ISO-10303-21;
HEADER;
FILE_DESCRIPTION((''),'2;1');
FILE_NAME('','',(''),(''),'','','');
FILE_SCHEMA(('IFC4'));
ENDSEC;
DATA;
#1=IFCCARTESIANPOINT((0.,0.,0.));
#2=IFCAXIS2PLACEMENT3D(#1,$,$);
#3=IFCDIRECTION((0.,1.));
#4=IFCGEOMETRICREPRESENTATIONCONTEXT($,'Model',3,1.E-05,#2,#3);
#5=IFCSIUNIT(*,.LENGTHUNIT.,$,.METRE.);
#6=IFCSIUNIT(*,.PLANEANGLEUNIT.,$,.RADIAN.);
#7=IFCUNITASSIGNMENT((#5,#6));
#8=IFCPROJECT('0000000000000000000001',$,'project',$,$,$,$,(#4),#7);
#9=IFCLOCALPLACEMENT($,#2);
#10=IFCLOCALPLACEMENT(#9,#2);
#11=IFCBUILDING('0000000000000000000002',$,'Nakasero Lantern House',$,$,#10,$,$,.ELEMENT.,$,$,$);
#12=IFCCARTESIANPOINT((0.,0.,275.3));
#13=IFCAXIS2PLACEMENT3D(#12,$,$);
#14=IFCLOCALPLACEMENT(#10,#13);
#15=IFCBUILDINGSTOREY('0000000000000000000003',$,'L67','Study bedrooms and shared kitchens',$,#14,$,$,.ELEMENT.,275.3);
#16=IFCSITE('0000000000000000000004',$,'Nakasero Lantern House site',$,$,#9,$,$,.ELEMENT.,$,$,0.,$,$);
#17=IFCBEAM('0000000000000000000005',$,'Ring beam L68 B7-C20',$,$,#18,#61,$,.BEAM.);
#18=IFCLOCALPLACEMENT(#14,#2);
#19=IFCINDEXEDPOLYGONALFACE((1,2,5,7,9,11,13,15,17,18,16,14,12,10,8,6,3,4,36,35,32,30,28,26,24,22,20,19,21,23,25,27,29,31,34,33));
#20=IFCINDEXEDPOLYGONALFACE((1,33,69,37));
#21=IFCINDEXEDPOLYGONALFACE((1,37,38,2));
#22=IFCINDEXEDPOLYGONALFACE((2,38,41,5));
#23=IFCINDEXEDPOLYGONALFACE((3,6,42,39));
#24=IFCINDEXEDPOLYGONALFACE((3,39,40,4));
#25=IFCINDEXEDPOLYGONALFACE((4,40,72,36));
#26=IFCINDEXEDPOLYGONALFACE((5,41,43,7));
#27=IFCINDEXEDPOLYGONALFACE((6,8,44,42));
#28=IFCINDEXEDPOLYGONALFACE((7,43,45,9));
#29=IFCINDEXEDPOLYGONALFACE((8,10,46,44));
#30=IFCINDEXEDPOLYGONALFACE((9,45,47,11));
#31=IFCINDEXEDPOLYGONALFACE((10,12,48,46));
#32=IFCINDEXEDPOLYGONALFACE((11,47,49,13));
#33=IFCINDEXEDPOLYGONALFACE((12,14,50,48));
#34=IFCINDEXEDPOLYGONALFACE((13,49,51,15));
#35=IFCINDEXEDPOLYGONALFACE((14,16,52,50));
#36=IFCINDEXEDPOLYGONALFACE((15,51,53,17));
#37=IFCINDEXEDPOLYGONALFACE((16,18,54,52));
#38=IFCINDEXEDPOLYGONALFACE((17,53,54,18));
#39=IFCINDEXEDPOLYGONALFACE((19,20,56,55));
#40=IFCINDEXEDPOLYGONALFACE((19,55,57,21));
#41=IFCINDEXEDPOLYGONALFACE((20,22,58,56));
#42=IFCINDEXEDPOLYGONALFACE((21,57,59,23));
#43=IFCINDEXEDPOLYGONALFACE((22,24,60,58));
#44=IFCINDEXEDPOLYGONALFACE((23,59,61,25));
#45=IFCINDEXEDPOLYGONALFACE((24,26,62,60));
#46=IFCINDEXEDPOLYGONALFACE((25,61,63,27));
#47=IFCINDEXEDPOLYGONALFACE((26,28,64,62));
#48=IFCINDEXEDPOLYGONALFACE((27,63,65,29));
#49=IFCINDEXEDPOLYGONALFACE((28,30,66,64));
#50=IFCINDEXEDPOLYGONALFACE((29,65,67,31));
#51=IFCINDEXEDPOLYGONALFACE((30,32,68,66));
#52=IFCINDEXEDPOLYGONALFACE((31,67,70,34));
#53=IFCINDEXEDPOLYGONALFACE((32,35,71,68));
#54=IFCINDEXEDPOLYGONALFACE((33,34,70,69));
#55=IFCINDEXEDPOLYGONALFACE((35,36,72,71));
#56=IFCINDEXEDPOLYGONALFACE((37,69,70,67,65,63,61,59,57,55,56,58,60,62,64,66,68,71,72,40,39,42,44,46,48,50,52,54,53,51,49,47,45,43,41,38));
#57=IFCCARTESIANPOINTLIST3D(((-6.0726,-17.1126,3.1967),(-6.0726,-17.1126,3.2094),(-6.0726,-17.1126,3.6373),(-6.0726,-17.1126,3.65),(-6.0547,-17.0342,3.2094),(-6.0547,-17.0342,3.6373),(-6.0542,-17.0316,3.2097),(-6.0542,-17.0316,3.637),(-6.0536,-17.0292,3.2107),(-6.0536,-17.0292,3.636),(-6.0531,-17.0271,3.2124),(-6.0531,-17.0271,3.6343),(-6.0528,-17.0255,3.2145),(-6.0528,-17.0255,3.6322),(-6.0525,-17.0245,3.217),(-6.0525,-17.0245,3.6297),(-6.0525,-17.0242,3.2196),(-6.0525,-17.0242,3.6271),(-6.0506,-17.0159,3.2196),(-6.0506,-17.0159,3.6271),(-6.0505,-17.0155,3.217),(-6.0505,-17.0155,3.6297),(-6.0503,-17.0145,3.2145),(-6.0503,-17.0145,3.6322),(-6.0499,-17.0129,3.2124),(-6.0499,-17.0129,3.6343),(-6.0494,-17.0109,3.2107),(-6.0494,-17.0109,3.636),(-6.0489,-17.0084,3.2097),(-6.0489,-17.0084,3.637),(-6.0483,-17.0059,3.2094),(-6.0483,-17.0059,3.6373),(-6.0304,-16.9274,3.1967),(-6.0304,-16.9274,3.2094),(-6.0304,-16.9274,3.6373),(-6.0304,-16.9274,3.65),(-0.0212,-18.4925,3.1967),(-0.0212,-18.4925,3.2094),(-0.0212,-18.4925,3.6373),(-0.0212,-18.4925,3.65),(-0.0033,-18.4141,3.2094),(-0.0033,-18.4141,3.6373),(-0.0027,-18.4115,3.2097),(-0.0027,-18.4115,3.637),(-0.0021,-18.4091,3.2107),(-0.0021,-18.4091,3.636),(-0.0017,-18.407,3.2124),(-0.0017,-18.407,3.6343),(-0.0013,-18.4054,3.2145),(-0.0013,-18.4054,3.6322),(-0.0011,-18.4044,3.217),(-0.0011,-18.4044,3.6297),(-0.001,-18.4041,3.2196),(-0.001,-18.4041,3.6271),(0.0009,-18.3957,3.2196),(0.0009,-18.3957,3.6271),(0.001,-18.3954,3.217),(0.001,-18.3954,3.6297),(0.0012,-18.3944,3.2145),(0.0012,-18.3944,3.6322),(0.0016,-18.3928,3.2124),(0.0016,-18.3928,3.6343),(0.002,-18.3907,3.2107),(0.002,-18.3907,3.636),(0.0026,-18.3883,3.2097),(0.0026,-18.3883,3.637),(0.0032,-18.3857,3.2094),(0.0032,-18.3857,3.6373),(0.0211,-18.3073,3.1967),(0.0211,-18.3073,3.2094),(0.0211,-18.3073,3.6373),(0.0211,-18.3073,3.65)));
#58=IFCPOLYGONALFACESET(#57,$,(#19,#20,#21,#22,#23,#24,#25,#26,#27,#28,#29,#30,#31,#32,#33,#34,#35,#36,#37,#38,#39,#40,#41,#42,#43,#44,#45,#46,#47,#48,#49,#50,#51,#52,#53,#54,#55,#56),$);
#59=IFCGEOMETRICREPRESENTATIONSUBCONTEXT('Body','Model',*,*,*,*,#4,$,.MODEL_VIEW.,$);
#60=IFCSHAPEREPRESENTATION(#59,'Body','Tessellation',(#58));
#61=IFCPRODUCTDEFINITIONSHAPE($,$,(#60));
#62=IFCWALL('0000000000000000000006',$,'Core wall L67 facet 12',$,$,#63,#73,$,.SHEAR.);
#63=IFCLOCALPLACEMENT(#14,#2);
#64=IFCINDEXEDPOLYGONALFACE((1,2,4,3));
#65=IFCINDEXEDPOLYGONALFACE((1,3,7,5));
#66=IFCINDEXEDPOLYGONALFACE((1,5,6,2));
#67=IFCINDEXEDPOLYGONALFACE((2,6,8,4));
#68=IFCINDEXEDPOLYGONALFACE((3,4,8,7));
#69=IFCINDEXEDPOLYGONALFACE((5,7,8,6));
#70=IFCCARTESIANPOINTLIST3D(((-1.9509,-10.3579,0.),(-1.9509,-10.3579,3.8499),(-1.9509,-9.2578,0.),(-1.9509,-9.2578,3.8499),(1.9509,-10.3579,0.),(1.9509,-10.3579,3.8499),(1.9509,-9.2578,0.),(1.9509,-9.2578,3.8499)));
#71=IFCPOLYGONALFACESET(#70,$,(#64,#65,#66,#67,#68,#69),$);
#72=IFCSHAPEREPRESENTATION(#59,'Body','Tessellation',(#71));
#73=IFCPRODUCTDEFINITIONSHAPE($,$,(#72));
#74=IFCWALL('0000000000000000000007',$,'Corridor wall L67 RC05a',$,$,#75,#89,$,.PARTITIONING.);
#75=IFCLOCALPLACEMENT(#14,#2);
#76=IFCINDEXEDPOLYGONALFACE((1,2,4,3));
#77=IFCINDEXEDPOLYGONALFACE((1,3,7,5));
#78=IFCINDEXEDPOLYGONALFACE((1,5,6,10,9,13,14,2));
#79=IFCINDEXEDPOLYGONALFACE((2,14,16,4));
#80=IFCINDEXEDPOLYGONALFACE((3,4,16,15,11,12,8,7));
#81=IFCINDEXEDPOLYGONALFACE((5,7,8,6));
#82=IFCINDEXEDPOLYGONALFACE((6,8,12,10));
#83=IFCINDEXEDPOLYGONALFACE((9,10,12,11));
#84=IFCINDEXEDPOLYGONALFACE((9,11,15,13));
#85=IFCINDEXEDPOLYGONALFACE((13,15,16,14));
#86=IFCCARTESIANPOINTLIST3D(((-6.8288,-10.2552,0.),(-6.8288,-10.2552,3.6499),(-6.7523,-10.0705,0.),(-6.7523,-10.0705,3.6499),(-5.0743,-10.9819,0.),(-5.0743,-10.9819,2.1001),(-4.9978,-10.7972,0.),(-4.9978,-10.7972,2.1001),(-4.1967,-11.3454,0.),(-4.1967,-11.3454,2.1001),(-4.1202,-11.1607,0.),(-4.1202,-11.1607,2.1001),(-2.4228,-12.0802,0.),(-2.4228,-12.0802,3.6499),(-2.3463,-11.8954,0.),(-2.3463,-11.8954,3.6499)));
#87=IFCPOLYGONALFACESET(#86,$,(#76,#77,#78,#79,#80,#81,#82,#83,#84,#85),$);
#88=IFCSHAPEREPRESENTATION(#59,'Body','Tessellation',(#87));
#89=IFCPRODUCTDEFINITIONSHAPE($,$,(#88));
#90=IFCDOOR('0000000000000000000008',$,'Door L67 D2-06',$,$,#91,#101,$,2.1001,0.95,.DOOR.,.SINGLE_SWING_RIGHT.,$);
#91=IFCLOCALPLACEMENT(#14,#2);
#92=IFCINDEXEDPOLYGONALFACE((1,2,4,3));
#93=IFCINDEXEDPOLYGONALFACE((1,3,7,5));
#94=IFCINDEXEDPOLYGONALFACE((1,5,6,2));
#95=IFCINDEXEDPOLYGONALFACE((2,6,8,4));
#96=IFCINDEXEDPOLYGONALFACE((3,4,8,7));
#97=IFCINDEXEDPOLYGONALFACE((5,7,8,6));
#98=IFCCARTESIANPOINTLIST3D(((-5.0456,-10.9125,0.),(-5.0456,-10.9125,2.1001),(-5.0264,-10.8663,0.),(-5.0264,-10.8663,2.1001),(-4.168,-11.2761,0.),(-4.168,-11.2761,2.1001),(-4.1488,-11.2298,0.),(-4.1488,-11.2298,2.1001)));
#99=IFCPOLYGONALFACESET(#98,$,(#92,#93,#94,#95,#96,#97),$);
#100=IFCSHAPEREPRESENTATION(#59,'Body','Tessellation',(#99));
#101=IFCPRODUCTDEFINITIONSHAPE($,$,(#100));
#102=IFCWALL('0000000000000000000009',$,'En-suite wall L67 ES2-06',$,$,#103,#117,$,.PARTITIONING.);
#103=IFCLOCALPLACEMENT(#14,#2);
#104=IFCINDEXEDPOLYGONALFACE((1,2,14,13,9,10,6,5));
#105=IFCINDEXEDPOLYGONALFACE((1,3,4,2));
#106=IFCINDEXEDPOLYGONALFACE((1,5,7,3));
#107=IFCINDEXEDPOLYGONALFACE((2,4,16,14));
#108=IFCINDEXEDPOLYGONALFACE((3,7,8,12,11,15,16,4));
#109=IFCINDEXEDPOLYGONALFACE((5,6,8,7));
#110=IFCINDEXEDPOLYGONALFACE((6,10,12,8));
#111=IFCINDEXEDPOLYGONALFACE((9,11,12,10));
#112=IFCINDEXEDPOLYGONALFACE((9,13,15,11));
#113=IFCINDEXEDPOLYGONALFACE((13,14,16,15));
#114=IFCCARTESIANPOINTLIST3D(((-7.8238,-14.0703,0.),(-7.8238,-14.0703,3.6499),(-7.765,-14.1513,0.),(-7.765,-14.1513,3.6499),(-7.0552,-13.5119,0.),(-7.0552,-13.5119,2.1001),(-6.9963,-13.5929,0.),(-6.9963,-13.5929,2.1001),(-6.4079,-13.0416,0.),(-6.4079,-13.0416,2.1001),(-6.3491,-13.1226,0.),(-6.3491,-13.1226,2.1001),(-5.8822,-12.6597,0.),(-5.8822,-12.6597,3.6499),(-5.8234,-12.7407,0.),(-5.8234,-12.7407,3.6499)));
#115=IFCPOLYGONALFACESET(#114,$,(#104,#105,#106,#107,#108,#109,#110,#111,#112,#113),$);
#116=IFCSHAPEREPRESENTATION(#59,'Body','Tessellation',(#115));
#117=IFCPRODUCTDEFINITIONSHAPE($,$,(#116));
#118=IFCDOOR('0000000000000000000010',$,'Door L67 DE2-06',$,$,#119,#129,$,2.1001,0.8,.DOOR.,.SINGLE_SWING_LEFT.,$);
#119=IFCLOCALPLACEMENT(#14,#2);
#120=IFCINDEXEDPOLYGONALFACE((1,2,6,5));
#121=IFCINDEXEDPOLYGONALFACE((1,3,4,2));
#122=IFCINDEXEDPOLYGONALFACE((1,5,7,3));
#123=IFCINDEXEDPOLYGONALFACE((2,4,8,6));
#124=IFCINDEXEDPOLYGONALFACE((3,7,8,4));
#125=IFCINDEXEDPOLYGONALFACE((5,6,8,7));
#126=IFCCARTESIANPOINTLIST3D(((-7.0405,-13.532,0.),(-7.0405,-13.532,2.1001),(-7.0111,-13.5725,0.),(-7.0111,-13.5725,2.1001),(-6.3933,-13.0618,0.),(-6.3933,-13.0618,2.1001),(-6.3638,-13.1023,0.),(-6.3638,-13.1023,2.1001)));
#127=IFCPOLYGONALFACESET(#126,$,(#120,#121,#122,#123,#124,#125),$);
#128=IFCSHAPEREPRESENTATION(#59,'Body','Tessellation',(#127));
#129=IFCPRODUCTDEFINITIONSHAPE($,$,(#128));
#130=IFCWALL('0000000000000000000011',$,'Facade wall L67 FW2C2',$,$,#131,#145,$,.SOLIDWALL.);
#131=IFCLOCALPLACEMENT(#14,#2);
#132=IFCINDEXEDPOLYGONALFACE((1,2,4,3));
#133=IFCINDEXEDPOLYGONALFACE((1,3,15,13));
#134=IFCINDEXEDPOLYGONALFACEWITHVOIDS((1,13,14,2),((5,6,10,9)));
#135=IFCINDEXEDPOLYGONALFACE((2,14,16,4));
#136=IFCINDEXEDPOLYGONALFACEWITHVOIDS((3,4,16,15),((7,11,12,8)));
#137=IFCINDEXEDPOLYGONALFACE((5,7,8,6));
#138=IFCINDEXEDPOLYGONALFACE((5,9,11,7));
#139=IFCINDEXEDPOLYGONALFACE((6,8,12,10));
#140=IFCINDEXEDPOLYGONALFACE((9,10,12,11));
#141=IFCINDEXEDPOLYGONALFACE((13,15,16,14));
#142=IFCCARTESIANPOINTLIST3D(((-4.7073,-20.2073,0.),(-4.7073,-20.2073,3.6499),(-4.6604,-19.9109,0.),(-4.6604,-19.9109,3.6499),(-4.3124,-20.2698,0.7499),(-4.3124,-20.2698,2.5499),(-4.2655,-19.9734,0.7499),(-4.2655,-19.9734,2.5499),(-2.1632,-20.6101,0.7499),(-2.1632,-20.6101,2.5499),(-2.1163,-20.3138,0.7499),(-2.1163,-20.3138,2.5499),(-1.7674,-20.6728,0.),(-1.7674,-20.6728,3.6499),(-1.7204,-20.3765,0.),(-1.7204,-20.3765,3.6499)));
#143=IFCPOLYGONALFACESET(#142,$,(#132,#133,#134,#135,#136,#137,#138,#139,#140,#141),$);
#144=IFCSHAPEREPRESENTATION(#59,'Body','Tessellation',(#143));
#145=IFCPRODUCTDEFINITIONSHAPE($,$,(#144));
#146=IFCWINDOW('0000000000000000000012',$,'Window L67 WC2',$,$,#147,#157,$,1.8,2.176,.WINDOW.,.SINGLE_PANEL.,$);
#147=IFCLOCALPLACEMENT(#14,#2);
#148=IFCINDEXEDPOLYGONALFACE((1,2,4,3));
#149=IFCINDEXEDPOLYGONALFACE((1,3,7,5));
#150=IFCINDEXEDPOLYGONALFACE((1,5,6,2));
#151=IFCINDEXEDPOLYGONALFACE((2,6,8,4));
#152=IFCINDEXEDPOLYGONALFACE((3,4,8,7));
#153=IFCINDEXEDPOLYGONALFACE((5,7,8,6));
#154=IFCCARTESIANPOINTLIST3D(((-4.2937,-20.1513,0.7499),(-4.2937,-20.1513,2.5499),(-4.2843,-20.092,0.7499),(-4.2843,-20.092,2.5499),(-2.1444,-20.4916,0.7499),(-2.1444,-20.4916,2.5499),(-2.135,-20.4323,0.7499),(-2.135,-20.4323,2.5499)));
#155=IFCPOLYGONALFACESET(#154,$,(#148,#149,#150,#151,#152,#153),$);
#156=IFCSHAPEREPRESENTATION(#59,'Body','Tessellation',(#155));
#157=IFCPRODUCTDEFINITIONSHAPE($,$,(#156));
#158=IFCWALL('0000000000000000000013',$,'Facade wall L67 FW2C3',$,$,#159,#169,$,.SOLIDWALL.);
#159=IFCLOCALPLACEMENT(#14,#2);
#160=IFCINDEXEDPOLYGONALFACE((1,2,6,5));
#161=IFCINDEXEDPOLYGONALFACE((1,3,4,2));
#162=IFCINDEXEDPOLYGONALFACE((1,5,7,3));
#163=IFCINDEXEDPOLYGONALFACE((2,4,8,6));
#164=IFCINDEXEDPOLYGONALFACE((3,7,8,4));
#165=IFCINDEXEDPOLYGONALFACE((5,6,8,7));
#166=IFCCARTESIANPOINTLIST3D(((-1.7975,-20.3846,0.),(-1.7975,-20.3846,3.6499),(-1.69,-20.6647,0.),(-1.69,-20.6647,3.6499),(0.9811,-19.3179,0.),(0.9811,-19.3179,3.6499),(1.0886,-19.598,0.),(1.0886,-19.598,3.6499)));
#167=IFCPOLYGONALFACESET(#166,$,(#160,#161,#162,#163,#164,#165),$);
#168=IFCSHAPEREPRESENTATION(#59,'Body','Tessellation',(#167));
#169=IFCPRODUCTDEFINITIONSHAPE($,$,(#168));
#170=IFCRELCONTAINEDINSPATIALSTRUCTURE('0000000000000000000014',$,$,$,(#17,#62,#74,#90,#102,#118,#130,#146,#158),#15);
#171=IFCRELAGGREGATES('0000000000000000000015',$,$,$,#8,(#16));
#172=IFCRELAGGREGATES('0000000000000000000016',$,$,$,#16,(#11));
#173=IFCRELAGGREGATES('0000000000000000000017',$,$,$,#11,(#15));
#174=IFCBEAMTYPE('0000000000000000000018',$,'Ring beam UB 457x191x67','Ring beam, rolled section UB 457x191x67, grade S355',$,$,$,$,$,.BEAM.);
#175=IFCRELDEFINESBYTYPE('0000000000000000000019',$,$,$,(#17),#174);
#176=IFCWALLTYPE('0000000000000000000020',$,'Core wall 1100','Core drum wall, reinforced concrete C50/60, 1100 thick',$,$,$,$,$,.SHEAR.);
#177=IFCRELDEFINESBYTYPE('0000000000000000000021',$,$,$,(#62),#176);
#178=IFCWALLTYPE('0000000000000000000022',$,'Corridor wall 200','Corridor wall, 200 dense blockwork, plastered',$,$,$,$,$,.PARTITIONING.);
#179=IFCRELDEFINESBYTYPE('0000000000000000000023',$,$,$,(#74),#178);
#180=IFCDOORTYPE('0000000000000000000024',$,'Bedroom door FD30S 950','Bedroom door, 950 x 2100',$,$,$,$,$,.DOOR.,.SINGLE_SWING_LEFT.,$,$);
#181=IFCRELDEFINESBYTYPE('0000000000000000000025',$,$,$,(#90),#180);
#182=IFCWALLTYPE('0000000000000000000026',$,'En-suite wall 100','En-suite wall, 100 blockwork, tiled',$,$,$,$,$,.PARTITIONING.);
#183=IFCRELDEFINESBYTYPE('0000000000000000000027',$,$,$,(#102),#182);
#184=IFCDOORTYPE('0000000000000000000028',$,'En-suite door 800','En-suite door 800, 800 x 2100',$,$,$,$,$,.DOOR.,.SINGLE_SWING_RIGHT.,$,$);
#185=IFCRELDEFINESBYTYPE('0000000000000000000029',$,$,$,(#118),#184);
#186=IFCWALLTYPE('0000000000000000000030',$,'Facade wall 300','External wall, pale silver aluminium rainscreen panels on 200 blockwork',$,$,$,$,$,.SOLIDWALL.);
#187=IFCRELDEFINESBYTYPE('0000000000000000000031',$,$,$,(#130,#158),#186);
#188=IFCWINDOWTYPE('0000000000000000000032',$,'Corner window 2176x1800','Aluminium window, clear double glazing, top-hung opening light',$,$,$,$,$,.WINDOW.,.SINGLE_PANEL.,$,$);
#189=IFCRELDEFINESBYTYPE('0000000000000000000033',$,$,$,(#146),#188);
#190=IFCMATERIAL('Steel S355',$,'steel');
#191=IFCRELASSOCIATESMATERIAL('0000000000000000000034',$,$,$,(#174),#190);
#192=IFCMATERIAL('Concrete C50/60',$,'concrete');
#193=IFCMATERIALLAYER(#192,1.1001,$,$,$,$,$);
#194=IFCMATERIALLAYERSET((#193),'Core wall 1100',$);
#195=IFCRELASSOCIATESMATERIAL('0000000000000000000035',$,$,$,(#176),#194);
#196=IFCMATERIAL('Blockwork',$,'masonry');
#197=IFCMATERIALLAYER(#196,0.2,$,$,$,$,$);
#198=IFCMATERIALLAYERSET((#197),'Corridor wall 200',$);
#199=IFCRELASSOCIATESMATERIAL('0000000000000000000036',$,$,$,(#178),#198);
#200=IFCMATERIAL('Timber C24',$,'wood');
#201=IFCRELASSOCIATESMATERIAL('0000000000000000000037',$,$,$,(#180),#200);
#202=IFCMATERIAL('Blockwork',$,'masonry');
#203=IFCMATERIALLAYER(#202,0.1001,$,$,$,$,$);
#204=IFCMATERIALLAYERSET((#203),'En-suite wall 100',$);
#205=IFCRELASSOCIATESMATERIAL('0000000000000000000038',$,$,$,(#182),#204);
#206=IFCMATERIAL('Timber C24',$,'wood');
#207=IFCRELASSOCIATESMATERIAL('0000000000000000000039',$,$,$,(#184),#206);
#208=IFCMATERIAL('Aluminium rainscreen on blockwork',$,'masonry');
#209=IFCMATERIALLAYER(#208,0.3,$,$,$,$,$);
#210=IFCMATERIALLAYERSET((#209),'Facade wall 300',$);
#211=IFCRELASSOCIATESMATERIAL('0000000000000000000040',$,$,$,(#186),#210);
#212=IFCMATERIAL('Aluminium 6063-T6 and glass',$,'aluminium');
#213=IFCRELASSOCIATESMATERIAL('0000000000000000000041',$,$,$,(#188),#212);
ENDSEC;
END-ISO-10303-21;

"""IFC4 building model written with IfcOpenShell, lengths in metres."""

from ifc_helpers import new_model, si_unit, direction, frame, frame_2d, origin, origin_2d, place, context, subcontext, project, spatial, rectangle, i_section, extrude, material, layer, layer_set, material_profile, profile_set, type_object, element, fill, save


model = new_model("IFC4")

# Units and contexts
model_context = context("Model", 3, precision=1e-05, world=origin(), true_north=direction((0.0, 1.0)))
body_context = subcontext(model_context, "Body", "Model", "MODEL_VIEW")
ifc_project = project(units=[si_unit("LENGTHUNIT", "METRE"), si_unit("PLANEANGLEUNIT", "RADIAN")], contexts=[model_context])

# Site, building, storey
site_placement = place(None, origin())
site = spatial("IfcSite", under=ifc_project, at=site_placement, Name="Nakasero Lantern House site", CompositionType="ELEMENT", RefElevation=0.0)
building_placement = place(site_placement, origin())
building = spatial("IfcBuilding", under=site, at=building_placement, Name="Nakasero Lantern House", CompositionType="ELEMENT")
storey_placement = place(building_placement, frame((0.0, 0.0, 275.3)))
storey = spatial("IfcBuildingStorey", under=building, at=storey_placement, Name="L67", Description="Study bedrooms and shared kitchens", CompositionType="ELEMENT", Elevation=275.3)

# Beam
ifc_material_1 = material(Name="Steel S355", Category="steel")
ifc_material_profile_1 = material_profile(ifc_material_1, i_section(OverallWidth=0.1899, OverallDepth=0.4534, WebThickness=0.0085, FlangeThickness=0.0127, FilletRadius=0.0103, at=origin_2d()), Name="UB 457x191x67")
ifc_profile_set_1 = profile_set([ifc_material_profile_1], Name="Steel S355")
beam_type_1 = type_object("IfcBeamType", Name="Ring beam UB 457x191x67", Description="Ring beam, rolled section UB 457x191x67, grade S355", PredefinedType="BEAM", material=ifc_profile_set_1)
beam_1_placement = place(storey_placement, frame((-6.0515, -17.02, 3.4233), z_axis=(0.974975, -0.222316, 0.0), x_axis=(0.222316, 0.974975, 0.0)))
element("IfcBeam", 1, at=beam_1_placement, inside=storey, type_object=beam_type_1, Name="Ring beam L68 B7-C20", PredefinedType="BEAM", context=body_context, shape_type="SweptSolid", body=[
    extrude(i_section(OverallWidth=0.1899, OverallDepth=0.4534, WebThickness=0.0085, FlangeThickness=0.0127, FilletRadius=0.0103, at=origin_2d()), origin(), (0.0, 0.0, 1.0), 6.2068),
])

# Wall
ifc_material_2 = material(Name="Concrete C50/60", Category="concrete")
ifc_layer_1 = layer(ifc_material_2, 1.1001)
ifc_layer_set_1 = layer_set([ifc_layer_1], Name="Core wall 1100")
wall_type_1 = type_object("IfcWallType", Name="Core wall 1100", Description="Core drum wall, reinforced concrete C50/60, 1100 thick", PredefinedType="SHEAR", material=ifc_layer_set_1)
wall_1_placement = place(storey_placement, frame((-1.9509, -9.8079, 0.0), z_axis=(0.0, 0.0, 1.0), x_axis=(1.0, 0.0, 0.0)))
element("IfcWall", 2, at=wall_1_placement, inside=storey, type_object=wall_type_1, Name="Core wall L67 facet 12", PredefinedType="SHEAR", context=body_context, shape_type="SweptSolid", body=[
    extrude(rectangle(XDim=3.9019, YDim=1.1001, at=frame_2d((1.9509, 0.0))), origin(), (0.0, 0.0, 1.0), 3.8499),
])

# Walls, openings, doors
ifc_material_3 = material(Name="Blockwork", Category="masonry")
ifc_layer_2 = layer(ifc_material_3, 0.2)
ifc_layer_set_2 = layer_set([ifc_layer_2], Name="Corridor wall 200")
wall_type_2 = type_object("IfcWallType", Name="Corridor wall 200", Description="Corridor wall, 200 dense blockwork, plastered", PredefinedType="PARTITIONING", material=ifc_layer_set_2)
wall_2_placement = place(storey_placement, frame((-2.3845, -11.9878, 0.0), z_axis=(0.0, 0.0, 1.0), x_axis=(-0.923885, 0.38267, 0.0)))
wall_2 = element("IfcWall", 3, at=wall_2_placement, inside=storey, type_object=wall_type_2, Name="Corridor wall L67 RC05a", PredefinedType="PARTITIONING", context=body_context, shape_type="SweptSolid", body=[
    extrude(rectangle(XDim=4.769, YDim=0.2, at=frame_2d((2.3845, 0.0))), origin(), (0.0, 0.0, 1.0), 3.6499),
])
opening_1_placement = place(wall_2_placement, frame((1.9199, 0.0, 0.0)))
opening_1 = element("IfcOpeningElement", 4, at=opening_1_placement, cuts=wall_2, PredefinedType="OPENING", context=body_context, shape_type="SweptSolid", body=[
    extrude(rectangle(XDim=0.95, YDim=2.1001, at=frame_2d((0.4751, 1.05))), frame((0.0, 0.1199, 0.0), z_axis=(0.0, -1.0, 0.0), x_axis=(1.0, 0.0, 0.0)), (0.0, 0.0, 1.0), 0.24),
])
ifc_material_4 = material(Name="Timber C24", Category="wood")
door_type_1 = type_object("IfcDoorType", Name="Bedroom door FD30S 950", Description="Bedroom door, 950 x 2100", OperationType="SINGLE_SWING_LEFT", PredefinedType="DOOR", material=ifc_material_4)
door_1_placement = place(opening_1_placement, origin())
door_1 = element("IfcDoor", 5, at=door_1_placement, inside=storey, type_object=door_type_1, Name="Door L67 D2-06", OperationType="SINGLE_SWING_RIGHT", OverallHeight=2.1001, OverallWidth=0.95, PredefinedType="DOOR", context=body_context, shape_type="SweptSolid", body=[
    extrude(rectangle(XDim=0.95, YDim=2.1001, at=frame_2d((0.4751, 1.05))), frame((0.0, 0.0249, 0.0), z_axis=(0.0, -1.0, 0.0), x_axis=(1.0, 0.0, 0.0)), (0.0, 0.0, 1.0), 0.05),
])
fill(opening_1, door_1)
ifc_material_5 = material(Name="Blockwork", Category="masonry")
ifc_layer_3 = layer(ifc_material_5, 0.1001)
ifc_layer_set_3 = layer_set([ifc_layer_3], Name="En-suite wall 100")
wall_type_3 = type_object("IfcWallType", Name="En-suite wall 100", Description="En-suite wall, 100 blockwork, tiled", PredefinedType="PARTITIONING", material=ifc_layer_set_3)
wall_3_placement = place(storey_placement, frame((-5.8528, -12.7002, 0.0), z_axis=(0.0, 0.0, 1.0), x_axis=(-0.809026, -0.587772, 0.0)))
wall_3 = element("IfcWall", 6, at=wall_3_placement, inside=storey, type_object=wall_type_3, Name="En-suite wall L67 ES2-06", PredefinedType="PARTITIONING", context=body_context, shape_type="SweptSolid", body=[
    extrude(rectangle(XDim=2.3999, YDim=0.1001, at=frame_2d((1.2, 0.0))), origin(), (0.0, 0.0, 1.0), 3.6499),
])
opening_2_placement = place(wall_3_placement, frame((0.6499, 0.0, 0.0)))
opening_2 = element("IfcOpeningElement", 7, at=opening_2_placement, cuts=wall_3, PredefinedType="OPENING", context=body_context, shape_type="SweptSolid", body=[
    extrude(rectangle(XDim=0.8, YDim=2.1001, at=frame_2d((0.3999, 1.05))), frame((0.0, 0.0701, 0.0), z_axis=(0.0, -1.0, 0.0), x_axis=(1.0, 0.0, 0.0)), (0.0, 0.0, 1.0), 0.1401),
])
ifc_material_6 = material(Name="Timber C24", Category="wood")
door_type_2 = type_object("IfcDoorType", Name="En-suite door 800", Description="En-suite door 800, 800 x 2100", OperationType="SINGLE_SWING_RIGHT", PredefinedType="DOOR", material=ifc_material_6)
door_2_placement = place(opening_2_placement, origin())
door_2 = element("IfcDoor", 8, at=door_2_placement, inside=storey, type_object=door_type_2, Name="Door L67 DE2-06", OperationType="SINGLE_SWING_LEFT", OverallHeight=2.1001, OverallWidth=0.8, PredefinedType="DOOR", context=body_context, shape_type="SweptSolid", body=[
    extrude(rectangle(XDim=0.8, YDim=2.1001, at=frame_2d((0.3999, 1.05))), frame((0.0, 0.0249, 0.0), z_axis=(0.0, -1.0, 0.0), x_axis=(1.0, 0.0, 0.0)), (0.0, 0.0, 1.0), 0.05),
])
fill(opening_2, door_2)

# Wall, opening, window
ifc_material_7 = material(Name="Aluminium rainscreen on blockwork", Category="masonry")
ifc_layer_4 = layer(ifc_material_7, 0.3)
ifc_layer_set_4 = layer_set([ifc_layer_4], Name="Facade wall 300")
wall_type_4 = type_object("IfcWallType", Name="Facade wall 300", Description="External wall, pale silver aluminium rainscreen panels on 200 blockwork", PredefinedType="SOLIDWALL", material=ifc_layer_set_4)
wall_4_placement = place(storey_placement, frame((-4.6838, -20.0591, 0.0), z_axis=(0.0, 0.0, 1.0), x_axis=(0.987692, -0.156413, 0.0)))
wall_4 = element("IfcWall", 9, at=wall_4_placement, inside=storey, type_object=wall_type_4, Name="Facade wall L67 FW2C2", PredefinedType="SOLIDWALL", context=body_context, shape_type="SweptSolid", body=[
    extrude(rectangle(XDim=2.9766, YDim=0.3, at=frame_2d((1.4883, 0.0))), origin(), (0.0, 0.0, 1.0), 3.6499),
])
opening_3_placement = place(wall_4_placement, frame((0.3999, 0.0, 0.75)))
opening_3 = element("IfcOpeningElement", 10, at=opening_3_placement, cuts=wall_4, PredefinedType="OPENING", context=body_context, shape_type="SweptSolid", body=[
    extrude(rectangle(XDim=2.176, YDim=1.8, at=frame_2d((1.0879, 0.8999))), frame((0.0, 0.1699, 0.0), z_axis=(0.0, -1.0, 0.0), x_axis=(1.0, 0.0, 0.0)), (0.0, 0.0, 1.0), 0.3401),
])
ifc_material_8 = material(Name="Aluminium 6063-T6 and glass", Category="aluminium")
window_type = type_object("IfcWindowType", Name="Corner window 2176x1800", Description="Aluminium window, clear double glazing, top-hung opening light", PartitioningType="SINGLE_PANEL", PredefinedType="WINDOW", material=ifc_material_8)
window_placement = place(opening_3_placement, origin())
window = element("IfcWindow", 11, at=window_placement, inside=storey, type_object=window_type, Name="Window L67 WC2", OverallHeight=1.8, OverallWidth=2.176, PartitioningType="SINGLE_PANEL", PredefinedType="WINDOW", context=body_context, shape_type="SweptSolid", body=[
    extrude(rectangle(XDim=2.176, YDim=1.8, at=frame_2d((1.0879, 0.8999))), frame((0.0, 0.03, 0.0), z_axis=(0.0, -1.0, 0.0), x_axis=(1.0, 0.0, 0.0)), (0.0, 0.0, 1.0), 0.0601),
])
fill(opening_3, window)

# Wall
wall_5_placement = place(storey_placement, frame((-1.7439, -20.5247, 0.0), z_axis=(0.0, 0.0, 1.0), x_axis=(0.933574, 0.358385, 0.0)))
element("IfcWall", 12, at=wall_5_placement, inside=storey, type_object=wall_type_4, Name="Facade wall L67 FW2C3", PredefinedType="SOLIDWALL", context=body_context, shape_type="SweptSolid", body=[
    extrude(rectangle(XDim=2.9763, YDim=0.3, at=frame_2d((1.4883, 0.0))), origin(), (0.0, 0.0, 1.0), 3.6499),
])

save(model, "model.ifc")
